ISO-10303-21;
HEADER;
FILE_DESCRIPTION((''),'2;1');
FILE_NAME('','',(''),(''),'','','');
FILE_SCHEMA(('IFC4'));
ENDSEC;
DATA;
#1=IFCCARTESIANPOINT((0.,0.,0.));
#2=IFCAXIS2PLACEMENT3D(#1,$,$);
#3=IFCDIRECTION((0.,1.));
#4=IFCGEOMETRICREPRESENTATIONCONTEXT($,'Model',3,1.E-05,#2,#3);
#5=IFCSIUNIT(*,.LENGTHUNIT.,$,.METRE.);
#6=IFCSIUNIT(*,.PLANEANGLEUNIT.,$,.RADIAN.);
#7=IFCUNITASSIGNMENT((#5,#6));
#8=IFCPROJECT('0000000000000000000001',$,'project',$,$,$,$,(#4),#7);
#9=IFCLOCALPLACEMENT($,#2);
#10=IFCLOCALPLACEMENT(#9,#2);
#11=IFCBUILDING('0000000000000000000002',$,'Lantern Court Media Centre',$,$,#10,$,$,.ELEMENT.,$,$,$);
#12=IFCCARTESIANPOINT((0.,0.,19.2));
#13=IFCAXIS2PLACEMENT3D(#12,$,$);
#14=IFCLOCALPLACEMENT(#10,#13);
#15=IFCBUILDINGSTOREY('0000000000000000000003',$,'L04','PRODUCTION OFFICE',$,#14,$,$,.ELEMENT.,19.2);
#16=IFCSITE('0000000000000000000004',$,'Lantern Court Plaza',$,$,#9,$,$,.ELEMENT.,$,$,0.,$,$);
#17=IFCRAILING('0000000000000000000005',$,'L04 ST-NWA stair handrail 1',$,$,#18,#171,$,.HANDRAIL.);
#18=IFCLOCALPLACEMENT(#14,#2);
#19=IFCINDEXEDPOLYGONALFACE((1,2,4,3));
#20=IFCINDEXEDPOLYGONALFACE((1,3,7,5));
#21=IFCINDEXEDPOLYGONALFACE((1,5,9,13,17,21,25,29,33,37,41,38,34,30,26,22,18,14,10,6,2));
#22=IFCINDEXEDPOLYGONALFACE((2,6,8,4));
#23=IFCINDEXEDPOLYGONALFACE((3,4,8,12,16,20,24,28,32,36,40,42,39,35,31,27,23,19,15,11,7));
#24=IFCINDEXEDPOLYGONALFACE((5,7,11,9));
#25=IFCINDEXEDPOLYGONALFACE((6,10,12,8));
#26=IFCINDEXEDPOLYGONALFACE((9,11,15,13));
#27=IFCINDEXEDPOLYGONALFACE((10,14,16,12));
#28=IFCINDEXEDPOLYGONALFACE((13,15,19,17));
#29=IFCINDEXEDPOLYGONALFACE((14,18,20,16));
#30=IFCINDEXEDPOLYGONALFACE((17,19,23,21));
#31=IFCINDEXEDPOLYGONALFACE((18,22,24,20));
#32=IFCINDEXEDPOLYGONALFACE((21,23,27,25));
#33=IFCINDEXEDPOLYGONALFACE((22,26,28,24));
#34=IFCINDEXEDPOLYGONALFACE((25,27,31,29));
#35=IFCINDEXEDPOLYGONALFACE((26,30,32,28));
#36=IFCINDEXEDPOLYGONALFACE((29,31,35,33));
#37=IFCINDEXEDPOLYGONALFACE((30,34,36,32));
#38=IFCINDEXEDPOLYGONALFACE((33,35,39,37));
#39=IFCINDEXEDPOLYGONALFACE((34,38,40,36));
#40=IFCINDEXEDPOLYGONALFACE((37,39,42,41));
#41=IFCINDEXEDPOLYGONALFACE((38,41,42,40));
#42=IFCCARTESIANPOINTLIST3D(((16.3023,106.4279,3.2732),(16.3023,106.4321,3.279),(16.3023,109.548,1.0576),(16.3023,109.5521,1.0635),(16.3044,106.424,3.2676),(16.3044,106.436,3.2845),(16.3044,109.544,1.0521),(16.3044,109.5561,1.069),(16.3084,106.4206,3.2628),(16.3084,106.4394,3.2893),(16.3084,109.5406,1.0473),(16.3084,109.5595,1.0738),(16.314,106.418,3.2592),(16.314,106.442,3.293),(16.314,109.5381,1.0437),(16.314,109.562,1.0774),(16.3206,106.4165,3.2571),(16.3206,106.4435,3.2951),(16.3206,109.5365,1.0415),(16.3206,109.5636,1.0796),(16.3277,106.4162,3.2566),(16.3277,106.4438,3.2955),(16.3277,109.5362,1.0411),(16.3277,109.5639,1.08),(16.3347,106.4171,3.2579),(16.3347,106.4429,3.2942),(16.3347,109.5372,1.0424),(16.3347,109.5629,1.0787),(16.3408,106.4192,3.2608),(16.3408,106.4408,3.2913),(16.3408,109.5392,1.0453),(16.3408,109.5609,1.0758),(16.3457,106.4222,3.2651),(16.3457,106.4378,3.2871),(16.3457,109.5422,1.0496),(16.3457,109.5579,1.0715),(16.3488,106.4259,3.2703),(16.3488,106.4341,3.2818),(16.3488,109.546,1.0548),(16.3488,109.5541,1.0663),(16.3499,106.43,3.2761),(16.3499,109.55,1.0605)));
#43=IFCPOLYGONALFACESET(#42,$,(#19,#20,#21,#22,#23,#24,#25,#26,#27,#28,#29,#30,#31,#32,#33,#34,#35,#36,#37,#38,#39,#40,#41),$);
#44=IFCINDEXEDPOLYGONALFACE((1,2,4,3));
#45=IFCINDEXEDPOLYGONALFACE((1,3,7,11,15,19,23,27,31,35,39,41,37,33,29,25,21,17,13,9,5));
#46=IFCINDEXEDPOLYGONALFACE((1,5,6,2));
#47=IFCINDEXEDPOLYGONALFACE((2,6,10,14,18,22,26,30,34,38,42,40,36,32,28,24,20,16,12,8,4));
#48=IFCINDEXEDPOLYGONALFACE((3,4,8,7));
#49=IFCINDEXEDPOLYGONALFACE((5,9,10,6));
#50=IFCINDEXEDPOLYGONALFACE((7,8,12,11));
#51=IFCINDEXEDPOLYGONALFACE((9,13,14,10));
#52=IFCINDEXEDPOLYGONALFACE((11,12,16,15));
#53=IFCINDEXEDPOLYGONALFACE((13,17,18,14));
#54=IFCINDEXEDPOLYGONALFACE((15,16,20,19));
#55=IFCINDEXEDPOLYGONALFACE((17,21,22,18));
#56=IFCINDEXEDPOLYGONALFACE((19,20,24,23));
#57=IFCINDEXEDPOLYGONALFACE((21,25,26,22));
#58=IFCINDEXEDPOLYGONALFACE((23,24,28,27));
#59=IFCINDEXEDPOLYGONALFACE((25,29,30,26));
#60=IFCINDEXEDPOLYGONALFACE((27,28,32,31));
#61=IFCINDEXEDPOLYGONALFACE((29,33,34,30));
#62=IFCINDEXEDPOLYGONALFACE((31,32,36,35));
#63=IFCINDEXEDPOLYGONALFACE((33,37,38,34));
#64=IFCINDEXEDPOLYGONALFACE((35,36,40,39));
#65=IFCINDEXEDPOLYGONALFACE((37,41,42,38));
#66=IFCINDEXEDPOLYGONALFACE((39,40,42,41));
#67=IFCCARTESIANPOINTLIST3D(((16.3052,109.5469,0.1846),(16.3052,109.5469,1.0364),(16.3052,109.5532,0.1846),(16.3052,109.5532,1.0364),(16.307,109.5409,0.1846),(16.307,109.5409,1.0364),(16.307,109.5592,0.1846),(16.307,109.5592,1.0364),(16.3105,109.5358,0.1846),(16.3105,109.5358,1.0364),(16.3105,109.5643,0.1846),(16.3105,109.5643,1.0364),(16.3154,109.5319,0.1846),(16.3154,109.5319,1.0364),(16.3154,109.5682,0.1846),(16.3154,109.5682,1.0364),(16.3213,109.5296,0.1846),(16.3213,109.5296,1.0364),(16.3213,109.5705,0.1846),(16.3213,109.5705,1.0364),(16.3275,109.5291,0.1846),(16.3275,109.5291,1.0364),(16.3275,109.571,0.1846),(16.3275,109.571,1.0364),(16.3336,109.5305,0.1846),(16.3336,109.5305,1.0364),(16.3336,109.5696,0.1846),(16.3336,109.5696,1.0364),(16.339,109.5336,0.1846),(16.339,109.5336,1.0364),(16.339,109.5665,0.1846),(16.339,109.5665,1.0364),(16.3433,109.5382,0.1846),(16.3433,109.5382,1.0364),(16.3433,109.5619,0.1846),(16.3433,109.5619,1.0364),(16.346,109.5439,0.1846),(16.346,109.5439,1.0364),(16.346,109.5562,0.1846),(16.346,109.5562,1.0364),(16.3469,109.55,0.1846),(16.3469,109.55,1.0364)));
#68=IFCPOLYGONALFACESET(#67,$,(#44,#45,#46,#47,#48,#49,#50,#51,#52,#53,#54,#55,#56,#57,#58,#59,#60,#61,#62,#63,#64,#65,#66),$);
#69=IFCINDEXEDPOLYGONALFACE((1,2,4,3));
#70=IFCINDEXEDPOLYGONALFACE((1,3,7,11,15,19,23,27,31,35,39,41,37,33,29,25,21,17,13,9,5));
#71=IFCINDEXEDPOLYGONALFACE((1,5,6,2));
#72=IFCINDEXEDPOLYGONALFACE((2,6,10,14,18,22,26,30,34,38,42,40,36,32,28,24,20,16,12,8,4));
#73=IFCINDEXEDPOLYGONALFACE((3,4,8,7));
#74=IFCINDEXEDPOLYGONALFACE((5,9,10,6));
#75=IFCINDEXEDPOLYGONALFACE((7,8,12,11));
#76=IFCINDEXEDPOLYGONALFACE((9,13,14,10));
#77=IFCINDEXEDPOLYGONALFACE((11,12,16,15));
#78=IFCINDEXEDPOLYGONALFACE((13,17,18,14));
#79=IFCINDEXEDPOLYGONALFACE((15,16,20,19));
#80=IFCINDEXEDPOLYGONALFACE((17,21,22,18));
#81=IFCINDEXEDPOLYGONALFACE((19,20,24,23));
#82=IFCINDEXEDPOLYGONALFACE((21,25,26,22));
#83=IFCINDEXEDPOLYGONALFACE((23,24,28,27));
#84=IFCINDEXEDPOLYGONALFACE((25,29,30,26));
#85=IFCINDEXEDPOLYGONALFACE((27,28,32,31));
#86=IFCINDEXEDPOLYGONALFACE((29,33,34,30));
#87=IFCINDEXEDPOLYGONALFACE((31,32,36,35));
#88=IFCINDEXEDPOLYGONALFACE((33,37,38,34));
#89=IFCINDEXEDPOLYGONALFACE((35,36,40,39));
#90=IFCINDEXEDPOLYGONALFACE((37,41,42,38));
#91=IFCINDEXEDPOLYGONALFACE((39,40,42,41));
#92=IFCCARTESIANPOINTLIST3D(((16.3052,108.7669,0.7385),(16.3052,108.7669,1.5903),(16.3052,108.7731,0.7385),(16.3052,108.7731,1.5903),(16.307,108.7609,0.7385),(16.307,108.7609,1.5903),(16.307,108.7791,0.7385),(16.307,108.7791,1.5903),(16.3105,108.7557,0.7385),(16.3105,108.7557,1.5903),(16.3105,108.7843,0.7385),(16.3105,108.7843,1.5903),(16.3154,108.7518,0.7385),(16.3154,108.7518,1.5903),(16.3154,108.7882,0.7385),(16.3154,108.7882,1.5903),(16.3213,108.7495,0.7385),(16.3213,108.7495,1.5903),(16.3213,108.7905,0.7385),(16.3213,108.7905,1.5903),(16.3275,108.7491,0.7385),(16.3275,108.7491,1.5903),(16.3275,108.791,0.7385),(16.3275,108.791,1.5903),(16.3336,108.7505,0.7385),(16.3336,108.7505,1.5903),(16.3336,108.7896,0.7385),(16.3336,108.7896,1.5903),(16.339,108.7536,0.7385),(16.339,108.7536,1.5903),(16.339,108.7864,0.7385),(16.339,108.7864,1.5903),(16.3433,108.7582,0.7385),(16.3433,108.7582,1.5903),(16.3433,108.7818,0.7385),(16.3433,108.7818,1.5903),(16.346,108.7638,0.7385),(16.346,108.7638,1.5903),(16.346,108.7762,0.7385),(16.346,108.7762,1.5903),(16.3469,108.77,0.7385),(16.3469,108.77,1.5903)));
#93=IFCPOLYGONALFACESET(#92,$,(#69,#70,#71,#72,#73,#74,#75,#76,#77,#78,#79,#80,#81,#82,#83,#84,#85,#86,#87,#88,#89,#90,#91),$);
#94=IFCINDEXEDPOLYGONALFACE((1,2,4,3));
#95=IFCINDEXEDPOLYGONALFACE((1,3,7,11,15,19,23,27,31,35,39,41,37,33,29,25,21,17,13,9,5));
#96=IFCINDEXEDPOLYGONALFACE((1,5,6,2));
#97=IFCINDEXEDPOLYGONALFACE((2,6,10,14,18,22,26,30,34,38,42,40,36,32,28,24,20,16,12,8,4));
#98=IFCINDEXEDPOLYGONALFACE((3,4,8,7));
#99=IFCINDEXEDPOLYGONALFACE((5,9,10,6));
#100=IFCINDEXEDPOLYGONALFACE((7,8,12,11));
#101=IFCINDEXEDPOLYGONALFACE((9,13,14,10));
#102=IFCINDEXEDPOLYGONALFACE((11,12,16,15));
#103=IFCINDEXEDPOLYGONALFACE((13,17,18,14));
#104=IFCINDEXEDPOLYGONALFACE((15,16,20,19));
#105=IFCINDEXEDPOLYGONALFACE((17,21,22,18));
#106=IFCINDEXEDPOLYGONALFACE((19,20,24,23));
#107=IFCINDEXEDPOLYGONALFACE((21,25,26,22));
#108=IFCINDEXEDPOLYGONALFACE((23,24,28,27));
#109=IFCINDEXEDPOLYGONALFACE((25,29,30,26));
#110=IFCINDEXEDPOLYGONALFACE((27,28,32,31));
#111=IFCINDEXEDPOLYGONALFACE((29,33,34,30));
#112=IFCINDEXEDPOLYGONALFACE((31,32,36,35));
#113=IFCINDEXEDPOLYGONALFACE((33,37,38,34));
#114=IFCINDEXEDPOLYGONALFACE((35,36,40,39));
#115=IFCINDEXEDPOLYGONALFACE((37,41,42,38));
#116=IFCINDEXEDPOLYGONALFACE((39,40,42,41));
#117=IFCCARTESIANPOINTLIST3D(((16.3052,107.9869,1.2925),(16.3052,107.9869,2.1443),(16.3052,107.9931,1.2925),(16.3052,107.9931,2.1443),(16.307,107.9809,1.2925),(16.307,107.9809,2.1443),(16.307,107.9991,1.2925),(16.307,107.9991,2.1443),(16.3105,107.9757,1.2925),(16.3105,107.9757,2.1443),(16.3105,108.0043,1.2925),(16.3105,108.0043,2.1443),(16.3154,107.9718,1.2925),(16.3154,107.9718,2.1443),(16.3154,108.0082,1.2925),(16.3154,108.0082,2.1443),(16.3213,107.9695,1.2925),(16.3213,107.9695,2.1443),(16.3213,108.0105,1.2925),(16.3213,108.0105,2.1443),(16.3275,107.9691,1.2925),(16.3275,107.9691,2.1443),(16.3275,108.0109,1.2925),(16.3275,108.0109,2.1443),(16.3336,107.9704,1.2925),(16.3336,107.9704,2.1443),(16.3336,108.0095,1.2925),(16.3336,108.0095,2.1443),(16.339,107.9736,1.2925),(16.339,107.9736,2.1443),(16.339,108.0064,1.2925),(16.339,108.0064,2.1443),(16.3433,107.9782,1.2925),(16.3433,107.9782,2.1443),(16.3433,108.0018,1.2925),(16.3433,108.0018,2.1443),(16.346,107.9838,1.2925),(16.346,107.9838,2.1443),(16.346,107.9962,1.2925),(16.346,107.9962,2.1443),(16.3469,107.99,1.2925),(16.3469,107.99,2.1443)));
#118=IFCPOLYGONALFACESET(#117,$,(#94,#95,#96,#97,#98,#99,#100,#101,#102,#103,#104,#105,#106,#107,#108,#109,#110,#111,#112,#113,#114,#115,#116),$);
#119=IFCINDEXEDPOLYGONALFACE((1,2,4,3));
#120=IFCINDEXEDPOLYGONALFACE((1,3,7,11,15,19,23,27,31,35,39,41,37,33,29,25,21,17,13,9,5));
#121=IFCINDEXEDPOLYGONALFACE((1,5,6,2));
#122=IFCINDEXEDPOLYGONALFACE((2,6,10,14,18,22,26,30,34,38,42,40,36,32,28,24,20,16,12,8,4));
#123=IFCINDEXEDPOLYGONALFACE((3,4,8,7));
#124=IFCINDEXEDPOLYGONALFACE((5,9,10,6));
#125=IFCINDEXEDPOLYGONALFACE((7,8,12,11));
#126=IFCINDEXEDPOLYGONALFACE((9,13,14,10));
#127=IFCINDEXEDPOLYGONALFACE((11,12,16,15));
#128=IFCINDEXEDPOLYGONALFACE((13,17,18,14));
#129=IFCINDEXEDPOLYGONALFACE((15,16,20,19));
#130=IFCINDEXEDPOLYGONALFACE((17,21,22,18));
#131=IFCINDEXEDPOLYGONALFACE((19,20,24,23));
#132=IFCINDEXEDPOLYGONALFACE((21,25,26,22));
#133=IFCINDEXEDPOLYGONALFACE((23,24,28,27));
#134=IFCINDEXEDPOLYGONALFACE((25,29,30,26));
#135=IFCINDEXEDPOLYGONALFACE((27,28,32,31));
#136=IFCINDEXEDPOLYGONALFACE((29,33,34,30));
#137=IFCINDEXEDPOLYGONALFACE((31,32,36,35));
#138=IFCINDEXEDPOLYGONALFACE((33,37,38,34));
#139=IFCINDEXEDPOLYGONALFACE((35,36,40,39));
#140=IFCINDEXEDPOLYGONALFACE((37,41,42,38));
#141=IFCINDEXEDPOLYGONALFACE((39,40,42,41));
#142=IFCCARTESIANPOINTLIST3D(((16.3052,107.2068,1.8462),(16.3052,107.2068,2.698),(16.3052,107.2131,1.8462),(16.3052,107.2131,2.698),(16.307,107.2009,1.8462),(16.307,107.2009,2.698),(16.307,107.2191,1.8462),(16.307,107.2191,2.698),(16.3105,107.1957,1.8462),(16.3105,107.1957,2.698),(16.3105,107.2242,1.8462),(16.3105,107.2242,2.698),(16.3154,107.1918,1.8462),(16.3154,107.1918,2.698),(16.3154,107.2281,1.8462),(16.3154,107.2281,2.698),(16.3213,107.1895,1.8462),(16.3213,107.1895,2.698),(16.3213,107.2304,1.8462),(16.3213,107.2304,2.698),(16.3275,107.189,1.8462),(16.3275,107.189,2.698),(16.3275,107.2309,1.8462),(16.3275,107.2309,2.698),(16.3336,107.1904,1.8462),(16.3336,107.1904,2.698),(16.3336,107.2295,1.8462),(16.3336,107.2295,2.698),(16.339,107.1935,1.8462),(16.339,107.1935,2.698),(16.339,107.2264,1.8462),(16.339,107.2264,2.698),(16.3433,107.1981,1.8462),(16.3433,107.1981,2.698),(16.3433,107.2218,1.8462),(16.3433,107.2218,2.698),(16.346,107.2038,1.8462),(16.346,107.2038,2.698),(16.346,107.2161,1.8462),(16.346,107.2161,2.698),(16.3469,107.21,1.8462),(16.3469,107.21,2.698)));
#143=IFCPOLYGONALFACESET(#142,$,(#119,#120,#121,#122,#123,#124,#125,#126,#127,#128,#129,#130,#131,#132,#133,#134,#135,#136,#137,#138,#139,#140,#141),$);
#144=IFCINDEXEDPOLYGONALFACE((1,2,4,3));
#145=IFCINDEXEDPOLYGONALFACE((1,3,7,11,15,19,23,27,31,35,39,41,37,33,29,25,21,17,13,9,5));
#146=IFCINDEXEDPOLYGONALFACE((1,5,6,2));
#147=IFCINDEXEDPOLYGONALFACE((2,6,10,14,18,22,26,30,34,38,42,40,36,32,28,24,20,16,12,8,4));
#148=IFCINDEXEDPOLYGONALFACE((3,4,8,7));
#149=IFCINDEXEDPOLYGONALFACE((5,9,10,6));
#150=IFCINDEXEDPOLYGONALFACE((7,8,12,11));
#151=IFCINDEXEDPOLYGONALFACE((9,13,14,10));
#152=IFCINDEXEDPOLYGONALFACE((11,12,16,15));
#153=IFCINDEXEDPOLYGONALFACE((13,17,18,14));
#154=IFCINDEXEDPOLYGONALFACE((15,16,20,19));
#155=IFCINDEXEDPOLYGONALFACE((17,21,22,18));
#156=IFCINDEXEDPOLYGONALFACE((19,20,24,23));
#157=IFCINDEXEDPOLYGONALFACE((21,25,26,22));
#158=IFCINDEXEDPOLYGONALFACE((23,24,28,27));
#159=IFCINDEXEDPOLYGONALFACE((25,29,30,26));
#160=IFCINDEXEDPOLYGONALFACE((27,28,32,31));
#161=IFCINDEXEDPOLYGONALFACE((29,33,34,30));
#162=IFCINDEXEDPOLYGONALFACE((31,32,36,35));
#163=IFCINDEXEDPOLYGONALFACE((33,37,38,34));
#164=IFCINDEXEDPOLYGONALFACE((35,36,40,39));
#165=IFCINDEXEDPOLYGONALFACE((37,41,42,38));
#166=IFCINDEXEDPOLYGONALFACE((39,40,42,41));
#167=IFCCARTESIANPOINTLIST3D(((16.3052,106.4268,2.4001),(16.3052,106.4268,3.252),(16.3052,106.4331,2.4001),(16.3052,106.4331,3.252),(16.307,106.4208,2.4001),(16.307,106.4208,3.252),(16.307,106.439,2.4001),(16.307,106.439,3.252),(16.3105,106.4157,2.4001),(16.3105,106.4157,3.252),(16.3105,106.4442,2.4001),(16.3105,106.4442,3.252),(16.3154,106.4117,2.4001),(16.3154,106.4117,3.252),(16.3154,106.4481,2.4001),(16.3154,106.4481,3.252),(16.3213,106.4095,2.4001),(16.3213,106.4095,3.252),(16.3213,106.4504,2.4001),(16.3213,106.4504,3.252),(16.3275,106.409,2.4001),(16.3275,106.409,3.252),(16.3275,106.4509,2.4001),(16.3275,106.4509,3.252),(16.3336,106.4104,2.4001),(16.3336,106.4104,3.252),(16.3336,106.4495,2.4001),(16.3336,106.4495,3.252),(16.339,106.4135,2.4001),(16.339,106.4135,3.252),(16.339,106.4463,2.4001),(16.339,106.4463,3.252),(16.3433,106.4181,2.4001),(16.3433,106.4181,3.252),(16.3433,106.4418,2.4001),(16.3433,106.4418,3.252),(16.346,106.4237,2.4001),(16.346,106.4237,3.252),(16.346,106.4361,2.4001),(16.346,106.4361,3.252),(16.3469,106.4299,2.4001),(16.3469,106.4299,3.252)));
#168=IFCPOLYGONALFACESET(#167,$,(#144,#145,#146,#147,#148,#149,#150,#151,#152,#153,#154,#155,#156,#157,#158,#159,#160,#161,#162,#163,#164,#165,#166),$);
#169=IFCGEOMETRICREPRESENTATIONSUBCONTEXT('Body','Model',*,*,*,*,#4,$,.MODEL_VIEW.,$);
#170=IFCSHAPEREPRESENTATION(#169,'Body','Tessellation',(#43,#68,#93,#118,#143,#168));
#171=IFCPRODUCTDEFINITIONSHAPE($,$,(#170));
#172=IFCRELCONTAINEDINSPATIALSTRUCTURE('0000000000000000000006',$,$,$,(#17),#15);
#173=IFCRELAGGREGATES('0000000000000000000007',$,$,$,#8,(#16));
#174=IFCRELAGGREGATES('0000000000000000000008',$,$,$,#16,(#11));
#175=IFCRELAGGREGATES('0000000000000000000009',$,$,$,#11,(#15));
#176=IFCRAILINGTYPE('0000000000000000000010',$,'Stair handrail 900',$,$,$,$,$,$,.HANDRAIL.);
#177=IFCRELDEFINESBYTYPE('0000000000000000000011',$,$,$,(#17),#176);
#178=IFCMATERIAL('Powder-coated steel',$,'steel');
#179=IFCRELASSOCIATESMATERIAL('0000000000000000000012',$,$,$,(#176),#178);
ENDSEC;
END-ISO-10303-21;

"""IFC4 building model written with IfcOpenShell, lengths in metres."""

from ifc_helpers import new_model, si_unit, direction, frame, origin, origin_2d, place, context, subcontext, project, spatial, circle, extrude, material, type_object, element, save


model = new_model("IFC4")

# Units and contexts
model_context = context("Model", 3, precision=1e-05, world=origin(), true_north=direction((0.0, 1.0)))
body_context = subcontext(model_context, "Body", "Model", "MODEL_VIEW")
ifc_project = project(units=[si_unit("LENGTHUNIT", "METRE"), si_unit("PLANEANGLEUNIT", "RADIAN")], contexts=[model_context])

# Site, building, storey
site_placement = place(None, origin())
site = spatial("IfcSite", under=ifc_project, at=site_placement, Name="Lantern Court Plaza", CompositionType="ELEMENT", RefElevation=0.0)
building_placement = place(site_placement, origin())
building = spatial("IfcBuilding", under=site, at=building_placement, Name="Lantern Court Media Centre", CompositionType="ELEMENT")
storey_placement = place(building_placement, frame((0.0, 0.0, 19.2)))
storey = spatial("IfcBuildingStorey", under=building, at=storey_placement, Name="L04", Description="PRODUCTION OFFICE", CompositionType="ELEMENT", Elevation=19.2)

# Shared definitions
ifc_material_1 = material(Name="Powder-coated steel", Category="steel")

# Railing
railing_type_1 = type_object("IfcRailingType", Name="Stair handrail 900", PredefinedType="HANDRAIL", material=ifc_material_1)
railing_1_placement = place(storey_placement, frame((16.3259, 109.55, 0.1846)))
element("IfcRailing", 1, at=railing_1_placement, inside=storey, type_object=railing_type_1, Name="L04 ST-NWA stair handrail 1", PredefinedType="HANDRAIL", context=body_context, shape_type="SweptSolid", body=[
    extrude(circle(Radius=0.0239, at=origin_2d()), frame((0.0, 0.0, 0.876), z_axis=(0.0, -0.815347, 0.578973), x_axis=(1.0, 0.0, 0.0)), (0.0, 0.0, 1.0), 3.8267),
    extrude(circle(Radius=0.021, at=origin_2d()), origin(), (0.0, 0.0, 1.0), 0.8518),
    extrude(circle(Radius=0.021, at=origin_2d()), frame((0.0, -0.78, 0.554)), (0.0, 0.0, 1.0), 0.8518),
    extrude(circle(Radius=0.021, at=origin_2d()), frame((0.0, -1.5601, 1.1079)), (0.0, 0.0, 1.0), 0.8518),
    extrude(circle(Radius=0.021, at=origin_2d()), frame((0.0, -2.3401, 1.6616)), (0.0, 0.0, 1.0), 0.8518),
    extrude(circle(Radius=0.021, at=origin_2d()), frame((0.0, -3.1201, 2.2156)), (0.0, 0.0, 1.0), 0.8518),
])

save(model, "model.ifc")
